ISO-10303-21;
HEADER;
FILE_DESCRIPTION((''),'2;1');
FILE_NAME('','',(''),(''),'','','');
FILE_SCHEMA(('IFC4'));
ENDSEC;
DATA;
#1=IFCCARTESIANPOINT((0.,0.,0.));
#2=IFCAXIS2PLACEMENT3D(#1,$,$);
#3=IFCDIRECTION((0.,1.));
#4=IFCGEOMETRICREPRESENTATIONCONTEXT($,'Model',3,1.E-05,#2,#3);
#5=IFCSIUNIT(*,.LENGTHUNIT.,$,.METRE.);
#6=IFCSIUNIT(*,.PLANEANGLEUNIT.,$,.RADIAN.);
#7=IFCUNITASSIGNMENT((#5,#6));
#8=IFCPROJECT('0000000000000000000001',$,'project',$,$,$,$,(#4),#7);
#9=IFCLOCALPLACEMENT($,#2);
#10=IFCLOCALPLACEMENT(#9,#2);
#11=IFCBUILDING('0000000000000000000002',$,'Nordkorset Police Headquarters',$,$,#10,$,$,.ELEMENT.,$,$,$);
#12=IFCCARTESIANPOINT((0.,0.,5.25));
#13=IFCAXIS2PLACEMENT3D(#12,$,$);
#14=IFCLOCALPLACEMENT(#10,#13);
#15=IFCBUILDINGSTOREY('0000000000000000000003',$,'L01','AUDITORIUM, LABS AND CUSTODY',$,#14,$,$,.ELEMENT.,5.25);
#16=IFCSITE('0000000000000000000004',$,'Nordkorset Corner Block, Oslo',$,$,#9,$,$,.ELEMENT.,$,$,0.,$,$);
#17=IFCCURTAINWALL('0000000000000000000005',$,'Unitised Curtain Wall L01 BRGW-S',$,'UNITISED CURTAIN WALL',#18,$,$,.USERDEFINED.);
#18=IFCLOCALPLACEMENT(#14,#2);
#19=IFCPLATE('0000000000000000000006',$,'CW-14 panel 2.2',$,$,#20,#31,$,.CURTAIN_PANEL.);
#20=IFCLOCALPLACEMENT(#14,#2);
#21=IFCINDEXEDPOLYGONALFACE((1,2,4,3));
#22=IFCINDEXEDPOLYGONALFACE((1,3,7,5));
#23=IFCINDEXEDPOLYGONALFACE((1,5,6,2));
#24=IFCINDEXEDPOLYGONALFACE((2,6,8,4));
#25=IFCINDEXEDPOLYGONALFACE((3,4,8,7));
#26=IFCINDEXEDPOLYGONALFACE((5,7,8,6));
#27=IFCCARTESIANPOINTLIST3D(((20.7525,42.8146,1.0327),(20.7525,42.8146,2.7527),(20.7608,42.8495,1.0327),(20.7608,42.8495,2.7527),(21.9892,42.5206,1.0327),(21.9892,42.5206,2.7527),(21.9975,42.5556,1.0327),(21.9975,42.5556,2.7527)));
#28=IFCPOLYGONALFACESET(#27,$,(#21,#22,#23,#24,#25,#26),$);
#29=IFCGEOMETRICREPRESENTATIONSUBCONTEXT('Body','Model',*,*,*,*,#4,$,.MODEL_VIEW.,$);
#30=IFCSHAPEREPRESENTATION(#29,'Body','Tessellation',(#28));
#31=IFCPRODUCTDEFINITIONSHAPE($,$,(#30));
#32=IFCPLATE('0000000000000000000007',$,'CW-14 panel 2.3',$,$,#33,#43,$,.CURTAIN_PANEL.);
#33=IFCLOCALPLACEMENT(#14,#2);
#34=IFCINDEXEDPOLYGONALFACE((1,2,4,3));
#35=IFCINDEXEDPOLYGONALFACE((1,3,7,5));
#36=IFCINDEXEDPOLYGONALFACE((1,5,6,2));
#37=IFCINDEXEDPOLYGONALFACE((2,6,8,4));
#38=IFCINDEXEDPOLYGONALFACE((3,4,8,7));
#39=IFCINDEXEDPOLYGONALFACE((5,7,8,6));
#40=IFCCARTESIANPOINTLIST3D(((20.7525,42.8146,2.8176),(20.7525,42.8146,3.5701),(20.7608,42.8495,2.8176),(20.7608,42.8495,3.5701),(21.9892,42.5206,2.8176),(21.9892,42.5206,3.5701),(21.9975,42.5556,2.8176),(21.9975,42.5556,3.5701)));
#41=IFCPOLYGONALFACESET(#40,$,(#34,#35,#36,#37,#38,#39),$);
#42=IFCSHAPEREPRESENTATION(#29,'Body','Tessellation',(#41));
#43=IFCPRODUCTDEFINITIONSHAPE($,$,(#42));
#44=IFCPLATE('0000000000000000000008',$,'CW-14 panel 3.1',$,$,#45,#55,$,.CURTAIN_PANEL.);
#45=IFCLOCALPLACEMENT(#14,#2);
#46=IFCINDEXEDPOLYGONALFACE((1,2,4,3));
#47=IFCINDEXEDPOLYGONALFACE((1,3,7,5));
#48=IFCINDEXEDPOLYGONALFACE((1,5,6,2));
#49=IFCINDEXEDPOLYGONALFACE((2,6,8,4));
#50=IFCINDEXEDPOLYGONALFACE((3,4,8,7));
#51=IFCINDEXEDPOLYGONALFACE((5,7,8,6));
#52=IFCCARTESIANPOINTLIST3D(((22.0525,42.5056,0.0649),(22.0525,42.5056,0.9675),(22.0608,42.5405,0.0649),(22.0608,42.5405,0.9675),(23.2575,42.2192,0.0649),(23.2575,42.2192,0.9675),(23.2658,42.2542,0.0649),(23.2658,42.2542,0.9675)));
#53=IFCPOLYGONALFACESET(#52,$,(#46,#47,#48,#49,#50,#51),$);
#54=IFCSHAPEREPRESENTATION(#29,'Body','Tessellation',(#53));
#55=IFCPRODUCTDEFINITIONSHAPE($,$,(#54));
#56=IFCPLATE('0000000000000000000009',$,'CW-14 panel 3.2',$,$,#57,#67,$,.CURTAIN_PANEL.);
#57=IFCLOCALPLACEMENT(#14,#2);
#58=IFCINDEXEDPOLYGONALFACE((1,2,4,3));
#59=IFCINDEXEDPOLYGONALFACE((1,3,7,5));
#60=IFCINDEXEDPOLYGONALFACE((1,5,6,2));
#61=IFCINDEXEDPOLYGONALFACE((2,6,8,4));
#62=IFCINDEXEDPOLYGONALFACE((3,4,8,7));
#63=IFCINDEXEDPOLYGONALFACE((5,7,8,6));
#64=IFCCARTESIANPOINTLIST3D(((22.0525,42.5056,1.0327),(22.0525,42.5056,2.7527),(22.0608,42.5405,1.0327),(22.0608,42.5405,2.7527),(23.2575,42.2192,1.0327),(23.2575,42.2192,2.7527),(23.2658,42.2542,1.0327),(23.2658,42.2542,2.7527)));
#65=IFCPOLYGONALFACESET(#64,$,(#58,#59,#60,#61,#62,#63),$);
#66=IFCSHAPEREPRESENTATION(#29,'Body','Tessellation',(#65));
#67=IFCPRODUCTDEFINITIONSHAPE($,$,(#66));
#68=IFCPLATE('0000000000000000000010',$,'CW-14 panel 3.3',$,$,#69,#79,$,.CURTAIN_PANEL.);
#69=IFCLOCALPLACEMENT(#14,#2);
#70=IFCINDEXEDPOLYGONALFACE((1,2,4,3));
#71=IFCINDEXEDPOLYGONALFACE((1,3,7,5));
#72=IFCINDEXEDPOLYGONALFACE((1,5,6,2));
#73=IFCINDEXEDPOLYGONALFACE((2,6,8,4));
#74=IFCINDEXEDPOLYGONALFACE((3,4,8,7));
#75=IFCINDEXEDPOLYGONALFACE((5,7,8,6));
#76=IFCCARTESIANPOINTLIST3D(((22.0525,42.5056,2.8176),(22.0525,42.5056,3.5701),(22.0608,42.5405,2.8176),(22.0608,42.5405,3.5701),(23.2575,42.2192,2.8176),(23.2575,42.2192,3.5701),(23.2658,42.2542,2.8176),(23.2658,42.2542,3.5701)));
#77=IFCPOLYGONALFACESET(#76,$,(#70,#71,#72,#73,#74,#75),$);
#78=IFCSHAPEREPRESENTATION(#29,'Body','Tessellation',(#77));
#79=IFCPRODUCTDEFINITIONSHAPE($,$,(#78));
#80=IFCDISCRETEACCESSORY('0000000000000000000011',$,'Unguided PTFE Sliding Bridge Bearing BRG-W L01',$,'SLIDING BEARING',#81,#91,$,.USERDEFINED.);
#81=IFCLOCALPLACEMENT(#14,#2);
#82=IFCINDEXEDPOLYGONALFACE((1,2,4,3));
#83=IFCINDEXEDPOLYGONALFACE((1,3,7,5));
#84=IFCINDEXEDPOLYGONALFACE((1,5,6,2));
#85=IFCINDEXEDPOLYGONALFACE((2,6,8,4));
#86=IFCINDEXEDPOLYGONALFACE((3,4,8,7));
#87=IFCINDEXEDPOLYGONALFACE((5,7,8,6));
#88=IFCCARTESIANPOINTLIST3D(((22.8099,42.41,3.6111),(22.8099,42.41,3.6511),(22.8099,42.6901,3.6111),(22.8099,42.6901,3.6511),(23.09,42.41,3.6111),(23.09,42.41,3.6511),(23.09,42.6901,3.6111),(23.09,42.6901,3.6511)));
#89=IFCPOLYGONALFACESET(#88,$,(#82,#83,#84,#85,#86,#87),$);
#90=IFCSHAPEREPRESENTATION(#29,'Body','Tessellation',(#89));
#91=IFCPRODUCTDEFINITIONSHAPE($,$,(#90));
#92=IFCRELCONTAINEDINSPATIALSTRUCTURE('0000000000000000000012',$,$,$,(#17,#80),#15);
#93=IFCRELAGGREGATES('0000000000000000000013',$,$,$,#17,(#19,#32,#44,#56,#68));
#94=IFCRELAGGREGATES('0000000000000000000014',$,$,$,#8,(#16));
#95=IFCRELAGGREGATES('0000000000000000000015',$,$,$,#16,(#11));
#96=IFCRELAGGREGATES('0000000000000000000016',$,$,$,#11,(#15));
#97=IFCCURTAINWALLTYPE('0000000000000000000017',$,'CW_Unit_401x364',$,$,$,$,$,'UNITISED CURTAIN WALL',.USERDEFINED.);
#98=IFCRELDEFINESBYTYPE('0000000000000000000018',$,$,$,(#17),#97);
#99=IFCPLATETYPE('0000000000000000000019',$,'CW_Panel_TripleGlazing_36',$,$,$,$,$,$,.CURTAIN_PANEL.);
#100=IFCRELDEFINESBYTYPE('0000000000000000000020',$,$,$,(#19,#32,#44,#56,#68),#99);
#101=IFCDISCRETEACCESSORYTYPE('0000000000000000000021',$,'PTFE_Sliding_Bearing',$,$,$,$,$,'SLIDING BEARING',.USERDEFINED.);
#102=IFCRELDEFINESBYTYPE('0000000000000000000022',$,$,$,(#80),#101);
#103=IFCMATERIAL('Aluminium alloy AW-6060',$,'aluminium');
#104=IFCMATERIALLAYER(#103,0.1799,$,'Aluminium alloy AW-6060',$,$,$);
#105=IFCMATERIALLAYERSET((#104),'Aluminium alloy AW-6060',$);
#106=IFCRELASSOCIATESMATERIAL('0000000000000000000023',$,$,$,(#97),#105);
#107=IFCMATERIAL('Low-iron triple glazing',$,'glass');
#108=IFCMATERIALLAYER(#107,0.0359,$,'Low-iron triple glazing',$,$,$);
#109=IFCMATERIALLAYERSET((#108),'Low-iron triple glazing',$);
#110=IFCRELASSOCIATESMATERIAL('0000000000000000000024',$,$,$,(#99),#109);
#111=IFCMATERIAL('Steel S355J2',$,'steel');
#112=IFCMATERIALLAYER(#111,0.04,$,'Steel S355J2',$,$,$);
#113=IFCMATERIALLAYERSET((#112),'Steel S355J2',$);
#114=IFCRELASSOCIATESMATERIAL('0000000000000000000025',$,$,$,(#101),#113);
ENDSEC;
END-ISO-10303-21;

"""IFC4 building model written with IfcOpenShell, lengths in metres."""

from ifc_helpers import new_model, si_unit, direction, frame, origin, origin_2d, place, context, subcontext, project, spatial, rectangle, extrude, material, layer, layer_set, type_object, element, aggregate, save


model = new_model("IFC4")

# Units and contexts
model_context = context("Model", 3, precision=1e-05, world=origin(), true_north=direction((0.0, 1.0)))
body_context = subcontext(model_context, "Body", "Model", "MODEL_VIEW")
ifc_project = project(units=[si_unit("LENGTHUNIT", "METRE"), si_unit("PLANEANGLEUNIT", "RADIAN")], contexts=[model_context])

# Site, building, storey
site_placement = place(None, origin())
site = spatial("IfcSite", under=ifc_project, at=site_placement, Name="Nordkorset Corner Block, Oslo", CompositionType="ELEMENT", RefElevation=0.0)
building_placement = place(site_placement, origin())
building = spatial("IfcBuilding", under=site, at=building_placement, Name="Nordkorset Police Headquarters", CompositionType="ELEMENT")
storey_placement = place(building_placement, frame((0.0, 0.0, 5.25)))
storey = spatial("IfcBuildingStorey", under=building, at=storey_placement, Name="L01", Description="AUDITORIUM, LABS AND CUSTODY", CompositionType="ELEMENT", Elevation=5.25)

# Curtain wall
ifc_material_1 = material(Name="Aluminium alloy AW-6060", Category="aluminium")
ifc_layer_1 = layer(ifc_material_1, 0.1799, Name="Aluminium alloy AW-6060")
ifc_layer_set_1 = layer_set([ifc_layer_1], Name="Aluminium alloy AW-6060")
curtain_wall_type = type_object("IfcCurtainWallType", Name="CW_Unit_401x364", ElementType="UNITISED CURTAIN WALL", PredefinedType="USERDEFINED", material=ifc_layer_set_1)
curtain_wall_placement = place(storey_placement, origin())
curtain_wall = element("IfcCurtainWall", 1, at=curtain_wall_placement, inside=storey, type_object=curtain_wall_type, Name="Unitised Curtain Wall L01 BRGW-S", ObjectType="UNITISED CURTAIN WALL", PredefinedType="USERDEFINED")

# Plates
ifc_material_2 = material(Name="Low-iron triple glazing", Category="glass")
ifc_layer_2 = layer(ifc_material_2, 0.0359, Name="Low-iron triple glazing")
ifc_layer_set_2 = layer_set([ifc_layer_2], Name="Low-iron triple glazing")
plate_type = type_object("IfcPlateType", Name="CW_Panel_TripleGlazing_36", PredefinedType="CURTAIN_PANEL", material=ifc_layer_set_2)
plate_1_placement = place(storey_placement, frame((21.375, 42.6851, 1.0327), z_axis=(0.0, 0.0, 1.0), x_axis=(0.972905, -0.231206, 0.0)))
plate_1 = element("IfcPlate", 2, at=plate_1_placement, type_object=plate_type, Name="CW-14 panel 2.2", PredefinedType="CURTAIN_PANEL", context=body_context, shape_type="SweptSolid", body=[
    extrude(rectangle(XDim=1.2712, YDim=0.0359, at=origin_2d()), origin(), (0.0, 0.0, 1.0), 1.72),
])
plate_2_placement = place(storey_placement, frame((21.375, 42.6851, 2.8176), z_axis=(0.0, 0.0, 1.0), x_axis=(0.972905, -0.231206, 0.0)))
plate_2 = element("IfcPlate", 3, at=plate_2_placement, type_object=plate_type, Name="CW-14 panel 2.3", PredefinedType="CURTAIN_PANEL", context=body_context, shape_type="SweptSolid", body=[
    extrude(rectangle(XDim=1.2712, YDim=0.0359, at=origin_2d()), origin(), (0.0, 0.0, 1.0), 0.7524),
])
plate_3_placement = place(storey_placement, frame((22.6592, 42.3799, 0.0649), z_axis=(0.0, 0.0, 1.0), x_axis=(0.972905, -0.231206, 0.0)))
plate_3 = element("IfcPlate", 4, at=plate_3_placement, type_object=plate_type, Name="CW-14 panel 3.1", PredefinedType="CURTAIN_PANEL", context=body_context, shape_type="SweptSolid", body=[
    extrude(rectangle(XDim=1.2385, YDim=0.0359, at=origin_2d()), origin(), (0.0, 0.0, 1.0), 0.9026),
])
plate_4_placement = place(storey_placement, frame((22.6592, 42.3799, 1.0327), z_axis=(0.0, 0.0, 1.0), x_axis=(0.972905, -0.231206, 0.0)))
plate_4 = element("IfcPlate", 5, at=plate_4_placement, type_object=plate_type, Name="CW-14 panel 3.2", PredefinedType="CURTAIN_PANEL", context=body_context, shape_type="SweptSolid", body=[
    extrude(rectangle(XDim=1.2385, YDim=0.0359, at=origin_2d()), origin(), (0.0, 0.0, 1.0), 1.72),
])
plate_5_placement = place(storey_placement, frame((22.6592, 42.3799, 2.8176), z_axis=(0.0, 0.0, 1.0), x_axis=(0.972905, -0.231206, 0.0)))
plate_5 = element("IfcPlate", 6, at=plate_5_placement, type_object=plate_type, Name="CW-14 panel 3.3", PredefinedType="CURTAIN_PANEL", context=body_context, shape_type="SweptSolid", body=[
    extrude(rectangle(XDim=1.2385, YDim=0.0359, at=origin_2d()), origin(), (0.0, 0.0, 1.0), 0.7524),
])
aggregate(curtain_wall, [plate_1, plate_2, plate_3, plate_4, plate_5])

# Discrete accessory
ifc_material_3 = material(Name="Steel S355J2", Category="steel")
ifc_layer_3 = layer(ifc_material_3, 0.04, Name="Steel S355J2")
ifc_layer_set_3 = layer_set([ifc_layer_3], Name="Steel S355J2")
discrete_accessory_type = type_object("IfcDiscreteAccessoryType", Name="PTFE_Sliding_Bearing", ElementType="SLIDING BEARING", PredefinedType="USERDEFINED", material=ifc_layer_set_3)
discrete_accessory_placement = place(storey_placement, frame((22.95, 42.55, 3.6111), z_axis=(0.0, 0.0, 1.0), x_axis=(1.0, 0.0, 0.0)))
element("IfcDiscreteAccessory", 7, at=discrete_accessory_placement, inside=storey, type_object=discrete_accessory_type, Name="Unguided PTFE Sliding Bridge Bearing BRG-W L01", ObjectType="SLIDING BEARING", PredefinedType="USERDEFINED", context=body_context, shape_type="SweptSolid", body=[
    extrude(rectangle(XDim=0.28, YDim=0.28, at=origin_2d()), origin(), (0.0, 0.0, 1.0), 0.04),
])

save(model, "model.ifc")
